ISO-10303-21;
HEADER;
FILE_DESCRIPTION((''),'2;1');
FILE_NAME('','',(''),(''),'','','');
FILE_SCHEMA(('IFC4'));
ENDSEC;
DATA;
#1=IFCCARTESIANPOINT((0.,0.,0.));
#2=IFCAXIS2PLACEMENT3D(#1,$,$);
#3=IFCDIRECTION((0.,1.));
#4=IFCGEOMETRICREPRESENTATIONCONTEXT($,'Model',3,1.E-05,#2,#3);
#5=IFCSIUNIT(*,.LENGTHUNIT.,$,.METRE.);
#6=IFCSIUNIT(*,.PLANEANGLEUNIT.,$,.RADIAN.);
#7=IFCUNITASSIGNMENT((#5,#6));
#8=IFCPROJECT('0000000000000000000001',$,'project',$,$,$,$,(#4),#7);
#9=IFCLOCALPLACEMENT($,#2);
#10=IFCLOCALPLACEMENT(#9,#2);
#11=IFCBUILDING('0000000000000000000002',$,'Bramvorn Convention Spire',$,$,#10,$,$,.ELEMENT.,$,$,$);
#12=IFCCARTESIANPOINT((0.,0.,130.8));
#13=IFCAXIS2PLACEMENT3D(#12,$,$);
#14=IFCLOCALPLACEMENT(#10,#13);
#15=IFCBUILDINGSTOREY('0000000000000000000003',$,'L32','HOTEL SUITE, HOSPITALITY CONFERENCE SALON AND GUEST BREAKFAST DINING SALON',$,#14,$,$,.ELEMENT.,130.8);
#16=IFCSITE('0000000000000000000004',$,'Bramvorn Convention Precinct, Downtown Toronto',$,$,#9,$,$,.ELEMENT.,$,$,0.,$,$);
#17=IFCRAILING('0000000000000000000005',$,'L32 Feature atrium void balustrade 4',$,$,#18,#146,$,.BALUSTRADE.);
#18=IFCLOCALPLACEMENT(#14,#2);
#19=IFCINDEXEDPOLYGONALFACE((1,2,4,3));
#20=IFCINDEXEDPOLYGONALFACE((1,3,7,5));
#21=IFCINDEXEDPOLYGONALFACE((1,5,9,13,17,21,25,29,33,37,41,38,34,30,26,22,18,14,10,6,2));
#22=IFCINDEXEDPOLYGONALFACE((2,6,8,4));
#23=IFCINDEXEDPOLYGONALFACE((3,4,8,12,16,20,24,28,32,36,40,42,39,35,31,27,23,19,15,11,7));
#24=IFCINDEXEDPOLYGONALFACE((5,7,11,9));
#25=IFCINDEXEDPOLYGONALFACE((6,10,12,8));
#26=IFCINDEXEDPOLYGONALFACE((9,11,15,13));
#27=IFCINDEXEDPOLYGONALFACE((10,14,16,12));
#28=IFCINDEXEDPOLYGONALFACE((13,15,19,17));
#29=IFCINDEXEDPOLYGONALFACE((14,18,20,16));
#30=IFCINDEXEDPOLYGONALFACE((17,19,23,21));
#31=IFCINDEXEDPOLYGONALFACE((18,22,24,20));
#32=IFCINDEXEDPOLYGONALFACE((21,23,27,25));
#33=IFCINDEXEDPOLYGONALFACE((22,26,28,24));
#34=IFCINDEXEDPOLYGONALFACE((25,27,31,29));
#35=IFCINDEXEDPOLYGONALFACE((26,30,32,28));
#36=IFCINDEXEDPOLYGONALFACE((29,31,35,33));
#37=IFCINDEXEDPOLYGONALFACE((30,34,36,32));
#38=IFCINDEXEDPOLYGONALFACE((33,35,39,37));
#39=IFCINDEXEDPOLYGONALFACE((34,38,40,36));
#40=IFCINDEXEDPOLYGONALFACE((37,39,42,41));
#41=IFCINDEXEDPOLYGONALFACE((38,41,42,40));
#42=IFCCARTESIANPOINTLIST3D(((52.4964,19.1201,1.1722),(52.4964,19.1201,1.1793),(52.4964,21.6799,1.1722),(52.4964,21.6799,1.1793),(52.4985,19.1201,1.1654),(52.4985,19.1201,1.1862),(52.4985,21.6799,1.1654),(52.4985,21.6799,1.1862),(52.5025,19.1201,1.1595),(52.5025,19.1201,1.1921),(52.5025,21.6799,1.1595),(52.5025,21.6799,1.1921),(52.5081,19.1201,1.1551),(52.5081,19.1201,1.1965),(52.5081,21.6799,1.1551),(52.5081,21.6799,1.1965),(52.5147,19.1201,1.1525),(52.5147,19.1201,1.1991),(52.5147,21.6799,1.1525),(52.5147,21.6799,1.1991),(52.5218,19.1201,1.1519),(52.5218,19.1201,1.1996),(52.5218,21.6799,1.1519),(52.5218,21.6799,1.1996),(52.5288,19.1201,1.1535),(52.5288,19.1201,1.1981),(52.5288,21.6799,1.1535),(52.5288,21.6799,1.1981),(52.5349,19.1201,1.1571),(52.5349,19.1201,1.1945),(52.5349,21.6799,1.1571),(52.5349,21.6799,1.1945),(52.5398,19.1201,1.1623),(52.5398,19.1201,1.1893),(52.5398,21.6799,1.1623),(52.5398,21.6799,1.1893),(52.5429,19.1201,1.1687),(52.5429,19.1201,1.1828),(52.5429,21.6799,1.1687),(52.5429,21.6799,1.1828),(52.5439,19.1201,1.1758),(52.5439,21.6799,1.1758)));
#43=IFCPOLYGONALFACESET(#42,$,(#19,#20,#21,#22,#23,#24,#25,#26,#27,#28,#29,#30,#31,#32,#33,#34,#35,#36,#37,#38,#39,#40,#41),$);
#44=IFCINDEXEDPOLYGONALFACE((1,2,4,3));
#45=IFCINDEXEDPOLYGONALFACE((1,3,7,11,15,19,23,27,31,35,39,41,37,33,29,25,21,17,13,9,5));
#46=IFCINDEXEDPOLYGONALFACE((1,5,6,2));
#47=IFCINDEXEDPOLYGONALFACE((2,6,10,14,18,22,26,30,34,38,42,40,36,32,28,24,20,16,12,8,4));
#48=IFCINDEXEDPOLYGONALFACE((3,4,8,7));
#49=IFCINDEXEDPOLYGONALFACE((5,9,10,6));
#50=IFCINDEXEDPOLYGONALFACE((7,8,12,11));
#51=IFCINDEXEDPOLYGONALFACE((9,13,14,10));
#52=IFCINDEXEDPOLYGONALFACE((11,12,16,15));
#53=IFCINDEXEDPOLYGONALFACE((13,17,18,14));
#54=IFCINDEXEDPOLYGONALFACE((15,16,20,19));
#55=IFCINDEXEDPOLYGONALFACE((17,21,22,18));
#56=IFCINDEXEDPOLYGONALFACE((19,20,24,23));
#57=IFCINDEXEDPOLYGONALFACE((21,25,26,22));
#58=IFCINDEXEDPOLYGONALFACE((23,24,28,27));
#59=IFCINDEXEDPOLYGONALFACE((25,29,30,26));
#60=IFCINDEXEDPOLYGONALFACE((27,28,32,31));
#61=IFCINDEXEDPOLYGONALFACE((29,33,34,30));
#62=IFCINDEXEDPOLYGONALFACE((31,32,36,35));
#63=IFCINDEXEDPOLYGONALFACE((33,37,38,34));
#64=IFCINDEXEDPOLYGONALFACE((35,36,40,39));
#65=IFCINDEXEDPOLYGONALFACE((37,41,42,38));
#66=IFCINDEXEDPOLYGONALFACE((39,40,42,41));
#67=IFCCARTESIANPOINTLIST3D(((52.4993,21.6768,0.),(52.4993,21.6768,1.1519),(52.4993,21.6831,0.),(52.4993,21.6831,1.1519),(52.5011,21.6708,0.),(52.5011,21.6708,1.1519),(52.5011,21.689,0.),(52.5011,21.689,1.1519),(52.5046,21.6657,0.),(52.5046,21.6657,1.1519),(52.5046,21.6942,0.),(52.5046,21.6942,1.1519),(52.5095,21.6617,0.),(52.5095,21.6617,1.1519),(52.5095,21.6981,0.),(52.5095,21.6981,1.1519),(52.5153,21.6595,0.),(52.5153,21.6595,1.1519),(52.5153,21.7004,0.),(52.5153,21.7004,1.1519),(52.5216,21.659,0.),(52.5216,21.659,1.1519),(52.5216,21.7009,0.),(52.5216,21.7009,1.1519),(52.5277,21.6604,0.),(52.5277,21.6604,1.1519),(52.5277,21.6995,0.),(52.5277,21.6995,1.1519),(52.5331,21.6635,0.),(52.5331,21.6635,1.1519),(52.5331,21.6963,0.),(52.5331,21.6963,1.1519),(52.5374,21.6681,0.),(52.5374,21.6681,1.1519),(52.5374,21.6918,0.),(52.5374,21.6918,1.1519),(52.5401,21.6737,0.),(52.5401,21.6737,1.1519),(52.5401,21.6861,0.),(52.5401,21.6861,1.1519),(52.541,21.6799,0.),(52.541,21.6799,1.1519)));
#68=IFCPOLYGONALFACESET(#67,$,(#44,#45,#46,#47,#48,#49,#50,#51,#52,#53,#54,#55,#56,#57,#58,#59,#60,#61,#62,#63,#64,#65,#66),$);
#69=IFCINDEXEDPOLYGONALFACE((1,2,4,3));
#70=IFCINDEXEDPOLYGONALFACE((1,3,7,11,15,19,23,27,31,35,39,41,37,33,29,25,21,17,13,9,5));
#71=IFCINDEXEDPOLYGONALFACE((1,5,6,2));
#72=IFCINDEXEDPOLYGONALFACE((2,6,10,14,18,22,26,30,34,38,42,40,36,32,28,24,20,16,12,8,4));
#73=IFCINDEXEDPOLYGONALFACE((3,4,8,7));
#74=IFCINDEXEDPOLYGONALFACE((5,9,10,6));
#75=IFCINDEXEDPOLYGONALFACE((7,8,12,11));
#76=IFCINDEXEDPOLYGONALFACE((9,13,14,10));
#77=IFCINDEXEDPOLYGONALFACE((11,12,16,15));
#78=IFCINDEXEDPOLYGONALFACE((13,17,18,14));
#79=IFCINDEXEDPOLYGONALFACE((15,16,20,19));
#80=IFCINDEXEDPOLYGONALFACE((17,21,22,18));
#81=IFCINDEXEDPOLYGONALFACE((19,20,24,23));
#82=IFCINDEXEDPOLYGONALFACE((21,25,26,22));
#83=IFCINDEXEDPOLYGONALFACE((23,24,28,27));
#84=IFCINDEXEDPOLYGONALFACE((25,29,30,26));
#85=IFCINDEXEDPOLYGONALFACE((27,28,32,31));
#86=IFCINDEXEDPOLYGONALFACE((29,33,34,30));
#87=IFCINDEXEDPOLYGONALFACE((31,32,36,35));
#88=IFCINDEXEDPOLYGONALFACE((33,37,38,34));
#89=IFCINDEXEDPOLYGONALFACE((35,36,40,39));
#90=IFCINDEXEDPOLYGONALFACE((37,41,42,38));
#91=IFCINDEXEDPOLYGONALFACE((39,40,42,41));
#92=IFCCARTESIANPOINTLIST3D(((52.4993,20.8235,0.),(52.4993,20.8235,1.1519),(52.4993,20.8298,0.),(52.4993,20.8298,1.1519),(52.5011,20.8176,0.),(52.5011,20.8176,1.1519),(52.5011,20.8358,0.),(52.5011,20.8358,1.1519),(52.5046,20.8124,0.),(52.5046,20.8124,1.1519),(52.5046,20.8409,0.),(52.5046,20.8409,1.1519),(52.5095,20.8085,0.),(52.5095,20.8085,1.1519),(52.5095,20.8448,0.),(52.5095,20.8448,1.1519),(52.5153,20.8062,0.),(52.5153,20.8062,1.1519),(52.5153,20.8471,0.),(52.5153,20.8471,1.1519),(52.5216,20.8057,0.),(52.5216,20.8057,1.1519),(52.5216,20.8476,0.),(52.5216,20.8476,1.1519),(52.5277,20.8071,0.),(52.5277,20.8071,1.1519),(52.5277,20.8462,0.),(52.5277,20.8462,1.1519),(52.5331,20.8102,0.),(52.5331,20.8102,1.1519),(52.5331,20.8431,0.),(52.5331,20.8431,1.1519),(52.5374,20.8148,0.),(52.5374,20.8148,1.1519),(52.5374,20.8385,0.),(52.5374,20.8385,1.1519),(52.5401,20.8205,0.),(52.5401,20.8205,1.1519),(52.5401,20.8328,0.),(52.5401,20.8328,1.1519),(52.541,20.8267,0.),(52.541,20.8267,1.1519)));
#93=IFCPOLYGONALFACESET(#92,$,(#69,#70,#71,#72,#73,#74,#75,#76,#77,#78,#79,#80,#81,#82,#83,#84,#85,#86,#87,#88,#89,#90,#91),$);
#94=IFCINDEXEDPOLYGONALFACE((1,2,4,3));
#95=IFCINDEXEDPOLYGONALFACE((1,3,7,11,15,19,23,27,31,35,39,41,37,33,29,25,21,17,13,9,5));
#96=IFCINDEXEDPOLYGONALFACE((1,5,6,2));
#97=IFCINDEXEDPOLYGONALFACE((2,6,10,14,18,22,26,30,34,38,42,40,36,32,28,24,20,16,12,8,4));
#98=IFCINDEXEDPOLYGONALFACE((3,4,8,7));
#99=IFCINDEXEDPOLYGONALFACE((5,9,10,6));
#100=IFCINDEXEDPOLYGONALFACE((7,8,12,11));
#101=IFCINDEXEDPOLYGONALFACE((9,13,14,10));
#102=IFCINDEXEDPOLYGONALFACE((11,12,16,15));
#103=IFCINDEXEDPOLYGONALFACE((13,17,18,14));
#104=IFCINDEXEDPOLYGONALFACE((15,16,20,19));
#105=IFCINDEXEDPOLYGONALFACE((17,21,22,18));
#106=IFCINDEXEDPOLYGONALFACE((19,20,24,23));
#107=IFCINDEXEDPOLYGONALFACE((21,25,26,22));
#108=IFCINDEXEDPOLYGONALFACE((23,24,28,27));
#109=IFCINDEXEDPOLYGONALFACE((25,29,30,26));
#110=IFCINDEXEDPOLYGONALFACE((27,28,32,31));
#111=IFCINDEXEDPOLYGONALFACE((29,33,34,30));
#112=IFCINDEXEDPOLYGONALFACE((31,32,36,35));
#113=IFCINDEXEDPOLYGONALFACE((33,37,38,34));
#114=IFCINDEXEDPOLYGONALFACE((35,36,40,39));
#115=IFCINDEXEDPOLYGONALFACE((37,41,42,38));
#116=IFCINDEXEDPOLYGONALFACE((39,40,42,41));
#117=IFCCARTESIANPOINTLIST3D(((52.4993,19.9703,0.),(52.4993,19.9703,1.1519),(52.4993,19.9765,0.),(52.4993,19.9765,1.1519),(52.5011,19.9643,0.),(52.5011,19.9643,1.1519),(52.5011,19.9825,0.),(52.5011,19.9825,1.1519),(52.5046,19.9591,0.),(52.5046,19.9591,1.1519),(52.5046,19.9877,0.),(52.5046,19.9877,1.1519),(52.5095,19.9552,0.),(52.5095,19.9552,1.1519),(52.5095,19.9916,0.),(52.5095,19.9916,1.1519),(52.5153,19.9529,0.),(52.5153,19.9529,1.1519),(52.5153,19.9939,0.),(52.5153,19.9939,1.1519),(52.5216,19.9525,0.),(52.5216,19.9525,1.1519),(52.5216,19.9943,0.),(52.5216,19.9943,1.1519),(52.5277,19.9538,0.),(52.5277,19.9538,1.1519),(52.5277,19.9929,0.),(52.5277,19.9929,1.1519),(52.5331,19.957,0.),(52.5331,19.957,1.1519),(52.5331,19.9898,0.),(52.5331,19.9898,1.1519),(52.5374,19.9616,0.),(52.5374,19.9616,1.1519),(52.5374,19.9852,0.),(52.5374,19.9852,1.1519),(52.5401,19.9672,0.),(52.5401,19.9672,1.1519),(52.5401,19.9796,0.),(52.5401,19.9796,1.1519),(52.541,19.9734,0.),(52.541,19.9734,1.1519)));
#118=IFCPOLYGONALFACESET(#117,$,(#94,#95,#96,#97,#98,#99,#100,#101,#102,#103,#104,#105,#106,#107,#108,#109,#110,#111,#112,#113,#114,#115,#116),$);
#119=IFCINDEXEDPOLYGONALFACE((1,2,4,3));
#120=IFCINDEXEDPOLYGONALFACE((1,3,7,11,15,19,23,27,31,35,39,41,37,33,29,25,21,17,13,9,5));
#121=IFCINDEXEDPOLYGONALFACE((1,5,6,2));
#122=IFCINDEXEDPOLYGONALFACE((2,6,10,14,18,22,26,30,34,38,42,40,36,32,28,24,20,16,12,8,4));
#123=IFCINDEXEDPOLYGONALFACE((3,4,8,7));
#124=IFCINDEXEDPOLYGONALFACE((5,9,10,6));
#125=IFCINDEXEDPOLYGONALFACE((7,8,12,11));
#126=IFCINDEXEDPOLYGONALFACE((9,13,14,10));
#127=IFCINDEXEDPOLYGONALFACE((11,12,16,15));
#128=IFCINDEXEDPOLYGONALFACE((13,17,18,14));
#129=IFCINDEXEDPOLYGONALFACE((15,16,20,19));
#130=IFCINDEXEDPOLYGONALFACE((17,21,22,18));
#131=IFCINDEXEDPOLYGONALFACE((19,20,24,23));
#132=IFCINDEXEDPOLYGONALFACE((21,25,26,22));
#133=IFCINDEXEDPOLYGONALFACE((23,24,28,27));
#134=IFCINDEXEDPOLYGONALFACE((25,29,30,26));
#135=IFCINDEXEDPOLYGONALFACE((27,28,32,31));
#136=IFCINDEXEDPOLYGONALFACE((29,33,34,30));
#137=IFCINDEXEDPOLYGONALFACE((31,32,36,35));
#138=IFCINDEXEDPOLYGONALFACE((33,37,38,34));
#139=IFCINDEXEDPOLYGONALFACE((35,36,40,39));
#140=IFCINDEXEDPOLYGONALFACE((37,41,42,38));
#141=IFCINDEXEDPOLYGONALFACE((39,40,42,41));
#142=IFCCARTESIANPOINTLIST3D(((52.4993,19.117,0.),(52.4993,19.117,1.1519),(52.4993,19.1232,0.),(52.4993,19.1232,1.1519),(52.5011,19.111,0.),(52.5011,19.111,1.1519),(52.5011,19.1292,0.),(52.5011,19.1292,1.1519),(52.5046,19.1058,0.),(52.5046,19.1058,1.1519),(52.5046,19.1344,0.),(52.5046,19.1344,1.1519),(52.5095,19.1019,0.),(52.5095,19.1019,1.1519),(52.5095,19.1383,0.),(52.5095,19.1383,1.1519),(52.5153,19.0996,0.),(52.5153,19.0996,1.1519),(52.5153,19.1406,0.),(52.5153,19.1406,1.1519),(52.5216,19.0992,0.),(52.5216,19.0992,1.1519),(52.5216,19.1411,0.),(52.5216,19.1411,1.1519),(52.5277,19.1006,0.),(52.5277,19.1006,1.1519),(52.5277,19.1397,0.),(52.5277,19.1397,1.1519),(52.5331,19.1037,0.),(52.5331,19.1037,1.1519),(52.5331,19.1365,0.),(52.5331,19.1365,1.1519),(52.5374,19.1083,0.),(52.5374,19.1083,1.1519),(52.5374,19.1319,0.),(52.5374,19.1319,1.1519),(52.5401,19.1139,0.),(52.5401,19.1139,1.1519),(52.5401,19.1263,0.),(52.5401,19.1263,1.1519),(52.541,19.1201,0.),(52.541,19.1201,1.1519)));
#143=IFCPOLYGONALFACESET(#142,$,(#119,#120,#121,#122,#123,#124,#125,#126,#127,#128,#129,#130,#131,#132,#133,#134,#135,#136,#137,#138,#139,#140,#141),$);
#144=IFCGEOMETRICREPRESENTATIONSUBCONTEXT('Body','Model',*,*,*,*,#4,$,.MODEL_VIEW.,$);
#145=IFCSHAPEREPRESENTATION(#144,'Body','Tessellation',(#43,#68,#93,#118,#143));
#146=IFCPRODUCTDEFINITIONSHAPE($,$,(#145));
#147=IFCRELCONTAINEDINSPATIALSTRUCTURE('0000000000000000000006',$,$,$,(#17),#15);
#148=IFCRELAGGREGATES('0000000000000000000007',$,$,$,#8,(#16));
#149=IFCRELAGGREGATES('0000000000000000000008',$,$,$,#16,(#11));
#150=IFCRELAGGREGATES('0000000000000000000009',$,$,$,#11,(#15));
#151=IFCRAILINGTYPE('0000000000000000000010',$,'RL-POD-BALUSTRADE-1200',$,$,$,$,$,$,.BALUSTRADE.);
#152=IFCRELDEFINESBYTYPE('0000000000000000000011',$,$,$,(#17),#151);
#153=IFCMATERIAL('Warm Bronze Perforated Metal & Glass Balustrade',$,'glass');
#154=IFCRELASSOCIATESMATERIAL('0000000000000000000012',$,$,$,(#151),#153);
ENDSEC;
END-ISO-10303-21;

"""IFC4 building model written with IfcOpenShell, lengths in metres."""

from ifc_helpers import new_model, si_unit, direction, frame, origin, origin_2d, place, context, subcontext, project, spatial, circle, extrude, material, type_object, element, save


model = new_model("IFC4")

# Units and contexts
model_context = context("Model", 3, precision=1e-05, world=origin(), true_north=direction((0.0, 1.0)))
body_context = subcontext(model_context, "Body", "Model", "MODEL_VIEW")
ifc_project = project(units=[si_unit("LENGTHUNIT", "METRE"), si_unit("PLANEANGLEUNIT", "RADIAN")], contexts=[model_context])

# Site, building, storey
site_placement = place(None, origin())
site = spatial("IfcSite", under=ifc_project, at=site_placement, Name="Bramvorn Convention Precinct, Downtown Toronto", CompositionType="ELEMENT", RefElevation=0.0)
building_placement = place(site_placement, origin())
building = spatial("IfcBuilding", under=site, at=building_placement, Name="Bramvorn Convention Spire", CompositionType="ELEMENT")
storey_placement = place(building_placement, frame((0.0, 0.0, 130.8)))
storey = spatial("IfcBuildingStorey", under=building, at=storey_placement, Name="L32", Description="HOTEL SUITE, HOSPITALITY CONFERENCE SALON AND GUEST BREAKFAST DINING SALON", CompositionType="ELEMENT", Elevation=130.8)

# Railing
ifc_material_1 = material(Name="Warm Bronze Perforated Metal & Glass Balustrade", Category="glass")
railing_type = type_object("IfcRailingType", Name="RL-POD-BALUSTRADE-1200", PredefinedType="BALUSTRADE", material=ifc_material_1)
railing_1_placement = place(storey_placement, frame((52.52, 21.6799, 0.0)))
element("IfcRailing", 1, at=railing_1_placement, inside=storey, type_object=railing_type, Name="L32 Feature atrium void balustrade 4", PredefinedType="BALUSTRADE", context=body_context, shape_type="SweptSolid", body=[
    extrude(circle(Radius=0.0239, at=origin_2d()), frame((0.0, 0.0, 1.1758), z_axis=(0.0, -1.0, 0.0), x_axis=(1.0, 0.0, 0.0)), (0.0, 0.0, 1.0), 2.5598),
    extrude(circle(Radius=0.021, at=origin_2d()), origin(), (0.0, 0.0, 1.0), 1.1519),
    extrude(circle(Radius=0.021, at=origin_2d()), frame((0.0, -0.8533, 0.0)), (0.0, 0.0, 1.0), 1.1519),
    extrude(circle(Radius=0.021, at=origin_2d()), frame((0.0, -1.7065, 0.0)), (0.0, 0.0, 1.0), 1.1519),
    extrude(circle(Radius=0.021, at=origin_2d()), frame((0.0, -2.5598, 0.0)), (0.0, 0.0, 1.0), 1.1519),
])

save(model, "model.ifc")
